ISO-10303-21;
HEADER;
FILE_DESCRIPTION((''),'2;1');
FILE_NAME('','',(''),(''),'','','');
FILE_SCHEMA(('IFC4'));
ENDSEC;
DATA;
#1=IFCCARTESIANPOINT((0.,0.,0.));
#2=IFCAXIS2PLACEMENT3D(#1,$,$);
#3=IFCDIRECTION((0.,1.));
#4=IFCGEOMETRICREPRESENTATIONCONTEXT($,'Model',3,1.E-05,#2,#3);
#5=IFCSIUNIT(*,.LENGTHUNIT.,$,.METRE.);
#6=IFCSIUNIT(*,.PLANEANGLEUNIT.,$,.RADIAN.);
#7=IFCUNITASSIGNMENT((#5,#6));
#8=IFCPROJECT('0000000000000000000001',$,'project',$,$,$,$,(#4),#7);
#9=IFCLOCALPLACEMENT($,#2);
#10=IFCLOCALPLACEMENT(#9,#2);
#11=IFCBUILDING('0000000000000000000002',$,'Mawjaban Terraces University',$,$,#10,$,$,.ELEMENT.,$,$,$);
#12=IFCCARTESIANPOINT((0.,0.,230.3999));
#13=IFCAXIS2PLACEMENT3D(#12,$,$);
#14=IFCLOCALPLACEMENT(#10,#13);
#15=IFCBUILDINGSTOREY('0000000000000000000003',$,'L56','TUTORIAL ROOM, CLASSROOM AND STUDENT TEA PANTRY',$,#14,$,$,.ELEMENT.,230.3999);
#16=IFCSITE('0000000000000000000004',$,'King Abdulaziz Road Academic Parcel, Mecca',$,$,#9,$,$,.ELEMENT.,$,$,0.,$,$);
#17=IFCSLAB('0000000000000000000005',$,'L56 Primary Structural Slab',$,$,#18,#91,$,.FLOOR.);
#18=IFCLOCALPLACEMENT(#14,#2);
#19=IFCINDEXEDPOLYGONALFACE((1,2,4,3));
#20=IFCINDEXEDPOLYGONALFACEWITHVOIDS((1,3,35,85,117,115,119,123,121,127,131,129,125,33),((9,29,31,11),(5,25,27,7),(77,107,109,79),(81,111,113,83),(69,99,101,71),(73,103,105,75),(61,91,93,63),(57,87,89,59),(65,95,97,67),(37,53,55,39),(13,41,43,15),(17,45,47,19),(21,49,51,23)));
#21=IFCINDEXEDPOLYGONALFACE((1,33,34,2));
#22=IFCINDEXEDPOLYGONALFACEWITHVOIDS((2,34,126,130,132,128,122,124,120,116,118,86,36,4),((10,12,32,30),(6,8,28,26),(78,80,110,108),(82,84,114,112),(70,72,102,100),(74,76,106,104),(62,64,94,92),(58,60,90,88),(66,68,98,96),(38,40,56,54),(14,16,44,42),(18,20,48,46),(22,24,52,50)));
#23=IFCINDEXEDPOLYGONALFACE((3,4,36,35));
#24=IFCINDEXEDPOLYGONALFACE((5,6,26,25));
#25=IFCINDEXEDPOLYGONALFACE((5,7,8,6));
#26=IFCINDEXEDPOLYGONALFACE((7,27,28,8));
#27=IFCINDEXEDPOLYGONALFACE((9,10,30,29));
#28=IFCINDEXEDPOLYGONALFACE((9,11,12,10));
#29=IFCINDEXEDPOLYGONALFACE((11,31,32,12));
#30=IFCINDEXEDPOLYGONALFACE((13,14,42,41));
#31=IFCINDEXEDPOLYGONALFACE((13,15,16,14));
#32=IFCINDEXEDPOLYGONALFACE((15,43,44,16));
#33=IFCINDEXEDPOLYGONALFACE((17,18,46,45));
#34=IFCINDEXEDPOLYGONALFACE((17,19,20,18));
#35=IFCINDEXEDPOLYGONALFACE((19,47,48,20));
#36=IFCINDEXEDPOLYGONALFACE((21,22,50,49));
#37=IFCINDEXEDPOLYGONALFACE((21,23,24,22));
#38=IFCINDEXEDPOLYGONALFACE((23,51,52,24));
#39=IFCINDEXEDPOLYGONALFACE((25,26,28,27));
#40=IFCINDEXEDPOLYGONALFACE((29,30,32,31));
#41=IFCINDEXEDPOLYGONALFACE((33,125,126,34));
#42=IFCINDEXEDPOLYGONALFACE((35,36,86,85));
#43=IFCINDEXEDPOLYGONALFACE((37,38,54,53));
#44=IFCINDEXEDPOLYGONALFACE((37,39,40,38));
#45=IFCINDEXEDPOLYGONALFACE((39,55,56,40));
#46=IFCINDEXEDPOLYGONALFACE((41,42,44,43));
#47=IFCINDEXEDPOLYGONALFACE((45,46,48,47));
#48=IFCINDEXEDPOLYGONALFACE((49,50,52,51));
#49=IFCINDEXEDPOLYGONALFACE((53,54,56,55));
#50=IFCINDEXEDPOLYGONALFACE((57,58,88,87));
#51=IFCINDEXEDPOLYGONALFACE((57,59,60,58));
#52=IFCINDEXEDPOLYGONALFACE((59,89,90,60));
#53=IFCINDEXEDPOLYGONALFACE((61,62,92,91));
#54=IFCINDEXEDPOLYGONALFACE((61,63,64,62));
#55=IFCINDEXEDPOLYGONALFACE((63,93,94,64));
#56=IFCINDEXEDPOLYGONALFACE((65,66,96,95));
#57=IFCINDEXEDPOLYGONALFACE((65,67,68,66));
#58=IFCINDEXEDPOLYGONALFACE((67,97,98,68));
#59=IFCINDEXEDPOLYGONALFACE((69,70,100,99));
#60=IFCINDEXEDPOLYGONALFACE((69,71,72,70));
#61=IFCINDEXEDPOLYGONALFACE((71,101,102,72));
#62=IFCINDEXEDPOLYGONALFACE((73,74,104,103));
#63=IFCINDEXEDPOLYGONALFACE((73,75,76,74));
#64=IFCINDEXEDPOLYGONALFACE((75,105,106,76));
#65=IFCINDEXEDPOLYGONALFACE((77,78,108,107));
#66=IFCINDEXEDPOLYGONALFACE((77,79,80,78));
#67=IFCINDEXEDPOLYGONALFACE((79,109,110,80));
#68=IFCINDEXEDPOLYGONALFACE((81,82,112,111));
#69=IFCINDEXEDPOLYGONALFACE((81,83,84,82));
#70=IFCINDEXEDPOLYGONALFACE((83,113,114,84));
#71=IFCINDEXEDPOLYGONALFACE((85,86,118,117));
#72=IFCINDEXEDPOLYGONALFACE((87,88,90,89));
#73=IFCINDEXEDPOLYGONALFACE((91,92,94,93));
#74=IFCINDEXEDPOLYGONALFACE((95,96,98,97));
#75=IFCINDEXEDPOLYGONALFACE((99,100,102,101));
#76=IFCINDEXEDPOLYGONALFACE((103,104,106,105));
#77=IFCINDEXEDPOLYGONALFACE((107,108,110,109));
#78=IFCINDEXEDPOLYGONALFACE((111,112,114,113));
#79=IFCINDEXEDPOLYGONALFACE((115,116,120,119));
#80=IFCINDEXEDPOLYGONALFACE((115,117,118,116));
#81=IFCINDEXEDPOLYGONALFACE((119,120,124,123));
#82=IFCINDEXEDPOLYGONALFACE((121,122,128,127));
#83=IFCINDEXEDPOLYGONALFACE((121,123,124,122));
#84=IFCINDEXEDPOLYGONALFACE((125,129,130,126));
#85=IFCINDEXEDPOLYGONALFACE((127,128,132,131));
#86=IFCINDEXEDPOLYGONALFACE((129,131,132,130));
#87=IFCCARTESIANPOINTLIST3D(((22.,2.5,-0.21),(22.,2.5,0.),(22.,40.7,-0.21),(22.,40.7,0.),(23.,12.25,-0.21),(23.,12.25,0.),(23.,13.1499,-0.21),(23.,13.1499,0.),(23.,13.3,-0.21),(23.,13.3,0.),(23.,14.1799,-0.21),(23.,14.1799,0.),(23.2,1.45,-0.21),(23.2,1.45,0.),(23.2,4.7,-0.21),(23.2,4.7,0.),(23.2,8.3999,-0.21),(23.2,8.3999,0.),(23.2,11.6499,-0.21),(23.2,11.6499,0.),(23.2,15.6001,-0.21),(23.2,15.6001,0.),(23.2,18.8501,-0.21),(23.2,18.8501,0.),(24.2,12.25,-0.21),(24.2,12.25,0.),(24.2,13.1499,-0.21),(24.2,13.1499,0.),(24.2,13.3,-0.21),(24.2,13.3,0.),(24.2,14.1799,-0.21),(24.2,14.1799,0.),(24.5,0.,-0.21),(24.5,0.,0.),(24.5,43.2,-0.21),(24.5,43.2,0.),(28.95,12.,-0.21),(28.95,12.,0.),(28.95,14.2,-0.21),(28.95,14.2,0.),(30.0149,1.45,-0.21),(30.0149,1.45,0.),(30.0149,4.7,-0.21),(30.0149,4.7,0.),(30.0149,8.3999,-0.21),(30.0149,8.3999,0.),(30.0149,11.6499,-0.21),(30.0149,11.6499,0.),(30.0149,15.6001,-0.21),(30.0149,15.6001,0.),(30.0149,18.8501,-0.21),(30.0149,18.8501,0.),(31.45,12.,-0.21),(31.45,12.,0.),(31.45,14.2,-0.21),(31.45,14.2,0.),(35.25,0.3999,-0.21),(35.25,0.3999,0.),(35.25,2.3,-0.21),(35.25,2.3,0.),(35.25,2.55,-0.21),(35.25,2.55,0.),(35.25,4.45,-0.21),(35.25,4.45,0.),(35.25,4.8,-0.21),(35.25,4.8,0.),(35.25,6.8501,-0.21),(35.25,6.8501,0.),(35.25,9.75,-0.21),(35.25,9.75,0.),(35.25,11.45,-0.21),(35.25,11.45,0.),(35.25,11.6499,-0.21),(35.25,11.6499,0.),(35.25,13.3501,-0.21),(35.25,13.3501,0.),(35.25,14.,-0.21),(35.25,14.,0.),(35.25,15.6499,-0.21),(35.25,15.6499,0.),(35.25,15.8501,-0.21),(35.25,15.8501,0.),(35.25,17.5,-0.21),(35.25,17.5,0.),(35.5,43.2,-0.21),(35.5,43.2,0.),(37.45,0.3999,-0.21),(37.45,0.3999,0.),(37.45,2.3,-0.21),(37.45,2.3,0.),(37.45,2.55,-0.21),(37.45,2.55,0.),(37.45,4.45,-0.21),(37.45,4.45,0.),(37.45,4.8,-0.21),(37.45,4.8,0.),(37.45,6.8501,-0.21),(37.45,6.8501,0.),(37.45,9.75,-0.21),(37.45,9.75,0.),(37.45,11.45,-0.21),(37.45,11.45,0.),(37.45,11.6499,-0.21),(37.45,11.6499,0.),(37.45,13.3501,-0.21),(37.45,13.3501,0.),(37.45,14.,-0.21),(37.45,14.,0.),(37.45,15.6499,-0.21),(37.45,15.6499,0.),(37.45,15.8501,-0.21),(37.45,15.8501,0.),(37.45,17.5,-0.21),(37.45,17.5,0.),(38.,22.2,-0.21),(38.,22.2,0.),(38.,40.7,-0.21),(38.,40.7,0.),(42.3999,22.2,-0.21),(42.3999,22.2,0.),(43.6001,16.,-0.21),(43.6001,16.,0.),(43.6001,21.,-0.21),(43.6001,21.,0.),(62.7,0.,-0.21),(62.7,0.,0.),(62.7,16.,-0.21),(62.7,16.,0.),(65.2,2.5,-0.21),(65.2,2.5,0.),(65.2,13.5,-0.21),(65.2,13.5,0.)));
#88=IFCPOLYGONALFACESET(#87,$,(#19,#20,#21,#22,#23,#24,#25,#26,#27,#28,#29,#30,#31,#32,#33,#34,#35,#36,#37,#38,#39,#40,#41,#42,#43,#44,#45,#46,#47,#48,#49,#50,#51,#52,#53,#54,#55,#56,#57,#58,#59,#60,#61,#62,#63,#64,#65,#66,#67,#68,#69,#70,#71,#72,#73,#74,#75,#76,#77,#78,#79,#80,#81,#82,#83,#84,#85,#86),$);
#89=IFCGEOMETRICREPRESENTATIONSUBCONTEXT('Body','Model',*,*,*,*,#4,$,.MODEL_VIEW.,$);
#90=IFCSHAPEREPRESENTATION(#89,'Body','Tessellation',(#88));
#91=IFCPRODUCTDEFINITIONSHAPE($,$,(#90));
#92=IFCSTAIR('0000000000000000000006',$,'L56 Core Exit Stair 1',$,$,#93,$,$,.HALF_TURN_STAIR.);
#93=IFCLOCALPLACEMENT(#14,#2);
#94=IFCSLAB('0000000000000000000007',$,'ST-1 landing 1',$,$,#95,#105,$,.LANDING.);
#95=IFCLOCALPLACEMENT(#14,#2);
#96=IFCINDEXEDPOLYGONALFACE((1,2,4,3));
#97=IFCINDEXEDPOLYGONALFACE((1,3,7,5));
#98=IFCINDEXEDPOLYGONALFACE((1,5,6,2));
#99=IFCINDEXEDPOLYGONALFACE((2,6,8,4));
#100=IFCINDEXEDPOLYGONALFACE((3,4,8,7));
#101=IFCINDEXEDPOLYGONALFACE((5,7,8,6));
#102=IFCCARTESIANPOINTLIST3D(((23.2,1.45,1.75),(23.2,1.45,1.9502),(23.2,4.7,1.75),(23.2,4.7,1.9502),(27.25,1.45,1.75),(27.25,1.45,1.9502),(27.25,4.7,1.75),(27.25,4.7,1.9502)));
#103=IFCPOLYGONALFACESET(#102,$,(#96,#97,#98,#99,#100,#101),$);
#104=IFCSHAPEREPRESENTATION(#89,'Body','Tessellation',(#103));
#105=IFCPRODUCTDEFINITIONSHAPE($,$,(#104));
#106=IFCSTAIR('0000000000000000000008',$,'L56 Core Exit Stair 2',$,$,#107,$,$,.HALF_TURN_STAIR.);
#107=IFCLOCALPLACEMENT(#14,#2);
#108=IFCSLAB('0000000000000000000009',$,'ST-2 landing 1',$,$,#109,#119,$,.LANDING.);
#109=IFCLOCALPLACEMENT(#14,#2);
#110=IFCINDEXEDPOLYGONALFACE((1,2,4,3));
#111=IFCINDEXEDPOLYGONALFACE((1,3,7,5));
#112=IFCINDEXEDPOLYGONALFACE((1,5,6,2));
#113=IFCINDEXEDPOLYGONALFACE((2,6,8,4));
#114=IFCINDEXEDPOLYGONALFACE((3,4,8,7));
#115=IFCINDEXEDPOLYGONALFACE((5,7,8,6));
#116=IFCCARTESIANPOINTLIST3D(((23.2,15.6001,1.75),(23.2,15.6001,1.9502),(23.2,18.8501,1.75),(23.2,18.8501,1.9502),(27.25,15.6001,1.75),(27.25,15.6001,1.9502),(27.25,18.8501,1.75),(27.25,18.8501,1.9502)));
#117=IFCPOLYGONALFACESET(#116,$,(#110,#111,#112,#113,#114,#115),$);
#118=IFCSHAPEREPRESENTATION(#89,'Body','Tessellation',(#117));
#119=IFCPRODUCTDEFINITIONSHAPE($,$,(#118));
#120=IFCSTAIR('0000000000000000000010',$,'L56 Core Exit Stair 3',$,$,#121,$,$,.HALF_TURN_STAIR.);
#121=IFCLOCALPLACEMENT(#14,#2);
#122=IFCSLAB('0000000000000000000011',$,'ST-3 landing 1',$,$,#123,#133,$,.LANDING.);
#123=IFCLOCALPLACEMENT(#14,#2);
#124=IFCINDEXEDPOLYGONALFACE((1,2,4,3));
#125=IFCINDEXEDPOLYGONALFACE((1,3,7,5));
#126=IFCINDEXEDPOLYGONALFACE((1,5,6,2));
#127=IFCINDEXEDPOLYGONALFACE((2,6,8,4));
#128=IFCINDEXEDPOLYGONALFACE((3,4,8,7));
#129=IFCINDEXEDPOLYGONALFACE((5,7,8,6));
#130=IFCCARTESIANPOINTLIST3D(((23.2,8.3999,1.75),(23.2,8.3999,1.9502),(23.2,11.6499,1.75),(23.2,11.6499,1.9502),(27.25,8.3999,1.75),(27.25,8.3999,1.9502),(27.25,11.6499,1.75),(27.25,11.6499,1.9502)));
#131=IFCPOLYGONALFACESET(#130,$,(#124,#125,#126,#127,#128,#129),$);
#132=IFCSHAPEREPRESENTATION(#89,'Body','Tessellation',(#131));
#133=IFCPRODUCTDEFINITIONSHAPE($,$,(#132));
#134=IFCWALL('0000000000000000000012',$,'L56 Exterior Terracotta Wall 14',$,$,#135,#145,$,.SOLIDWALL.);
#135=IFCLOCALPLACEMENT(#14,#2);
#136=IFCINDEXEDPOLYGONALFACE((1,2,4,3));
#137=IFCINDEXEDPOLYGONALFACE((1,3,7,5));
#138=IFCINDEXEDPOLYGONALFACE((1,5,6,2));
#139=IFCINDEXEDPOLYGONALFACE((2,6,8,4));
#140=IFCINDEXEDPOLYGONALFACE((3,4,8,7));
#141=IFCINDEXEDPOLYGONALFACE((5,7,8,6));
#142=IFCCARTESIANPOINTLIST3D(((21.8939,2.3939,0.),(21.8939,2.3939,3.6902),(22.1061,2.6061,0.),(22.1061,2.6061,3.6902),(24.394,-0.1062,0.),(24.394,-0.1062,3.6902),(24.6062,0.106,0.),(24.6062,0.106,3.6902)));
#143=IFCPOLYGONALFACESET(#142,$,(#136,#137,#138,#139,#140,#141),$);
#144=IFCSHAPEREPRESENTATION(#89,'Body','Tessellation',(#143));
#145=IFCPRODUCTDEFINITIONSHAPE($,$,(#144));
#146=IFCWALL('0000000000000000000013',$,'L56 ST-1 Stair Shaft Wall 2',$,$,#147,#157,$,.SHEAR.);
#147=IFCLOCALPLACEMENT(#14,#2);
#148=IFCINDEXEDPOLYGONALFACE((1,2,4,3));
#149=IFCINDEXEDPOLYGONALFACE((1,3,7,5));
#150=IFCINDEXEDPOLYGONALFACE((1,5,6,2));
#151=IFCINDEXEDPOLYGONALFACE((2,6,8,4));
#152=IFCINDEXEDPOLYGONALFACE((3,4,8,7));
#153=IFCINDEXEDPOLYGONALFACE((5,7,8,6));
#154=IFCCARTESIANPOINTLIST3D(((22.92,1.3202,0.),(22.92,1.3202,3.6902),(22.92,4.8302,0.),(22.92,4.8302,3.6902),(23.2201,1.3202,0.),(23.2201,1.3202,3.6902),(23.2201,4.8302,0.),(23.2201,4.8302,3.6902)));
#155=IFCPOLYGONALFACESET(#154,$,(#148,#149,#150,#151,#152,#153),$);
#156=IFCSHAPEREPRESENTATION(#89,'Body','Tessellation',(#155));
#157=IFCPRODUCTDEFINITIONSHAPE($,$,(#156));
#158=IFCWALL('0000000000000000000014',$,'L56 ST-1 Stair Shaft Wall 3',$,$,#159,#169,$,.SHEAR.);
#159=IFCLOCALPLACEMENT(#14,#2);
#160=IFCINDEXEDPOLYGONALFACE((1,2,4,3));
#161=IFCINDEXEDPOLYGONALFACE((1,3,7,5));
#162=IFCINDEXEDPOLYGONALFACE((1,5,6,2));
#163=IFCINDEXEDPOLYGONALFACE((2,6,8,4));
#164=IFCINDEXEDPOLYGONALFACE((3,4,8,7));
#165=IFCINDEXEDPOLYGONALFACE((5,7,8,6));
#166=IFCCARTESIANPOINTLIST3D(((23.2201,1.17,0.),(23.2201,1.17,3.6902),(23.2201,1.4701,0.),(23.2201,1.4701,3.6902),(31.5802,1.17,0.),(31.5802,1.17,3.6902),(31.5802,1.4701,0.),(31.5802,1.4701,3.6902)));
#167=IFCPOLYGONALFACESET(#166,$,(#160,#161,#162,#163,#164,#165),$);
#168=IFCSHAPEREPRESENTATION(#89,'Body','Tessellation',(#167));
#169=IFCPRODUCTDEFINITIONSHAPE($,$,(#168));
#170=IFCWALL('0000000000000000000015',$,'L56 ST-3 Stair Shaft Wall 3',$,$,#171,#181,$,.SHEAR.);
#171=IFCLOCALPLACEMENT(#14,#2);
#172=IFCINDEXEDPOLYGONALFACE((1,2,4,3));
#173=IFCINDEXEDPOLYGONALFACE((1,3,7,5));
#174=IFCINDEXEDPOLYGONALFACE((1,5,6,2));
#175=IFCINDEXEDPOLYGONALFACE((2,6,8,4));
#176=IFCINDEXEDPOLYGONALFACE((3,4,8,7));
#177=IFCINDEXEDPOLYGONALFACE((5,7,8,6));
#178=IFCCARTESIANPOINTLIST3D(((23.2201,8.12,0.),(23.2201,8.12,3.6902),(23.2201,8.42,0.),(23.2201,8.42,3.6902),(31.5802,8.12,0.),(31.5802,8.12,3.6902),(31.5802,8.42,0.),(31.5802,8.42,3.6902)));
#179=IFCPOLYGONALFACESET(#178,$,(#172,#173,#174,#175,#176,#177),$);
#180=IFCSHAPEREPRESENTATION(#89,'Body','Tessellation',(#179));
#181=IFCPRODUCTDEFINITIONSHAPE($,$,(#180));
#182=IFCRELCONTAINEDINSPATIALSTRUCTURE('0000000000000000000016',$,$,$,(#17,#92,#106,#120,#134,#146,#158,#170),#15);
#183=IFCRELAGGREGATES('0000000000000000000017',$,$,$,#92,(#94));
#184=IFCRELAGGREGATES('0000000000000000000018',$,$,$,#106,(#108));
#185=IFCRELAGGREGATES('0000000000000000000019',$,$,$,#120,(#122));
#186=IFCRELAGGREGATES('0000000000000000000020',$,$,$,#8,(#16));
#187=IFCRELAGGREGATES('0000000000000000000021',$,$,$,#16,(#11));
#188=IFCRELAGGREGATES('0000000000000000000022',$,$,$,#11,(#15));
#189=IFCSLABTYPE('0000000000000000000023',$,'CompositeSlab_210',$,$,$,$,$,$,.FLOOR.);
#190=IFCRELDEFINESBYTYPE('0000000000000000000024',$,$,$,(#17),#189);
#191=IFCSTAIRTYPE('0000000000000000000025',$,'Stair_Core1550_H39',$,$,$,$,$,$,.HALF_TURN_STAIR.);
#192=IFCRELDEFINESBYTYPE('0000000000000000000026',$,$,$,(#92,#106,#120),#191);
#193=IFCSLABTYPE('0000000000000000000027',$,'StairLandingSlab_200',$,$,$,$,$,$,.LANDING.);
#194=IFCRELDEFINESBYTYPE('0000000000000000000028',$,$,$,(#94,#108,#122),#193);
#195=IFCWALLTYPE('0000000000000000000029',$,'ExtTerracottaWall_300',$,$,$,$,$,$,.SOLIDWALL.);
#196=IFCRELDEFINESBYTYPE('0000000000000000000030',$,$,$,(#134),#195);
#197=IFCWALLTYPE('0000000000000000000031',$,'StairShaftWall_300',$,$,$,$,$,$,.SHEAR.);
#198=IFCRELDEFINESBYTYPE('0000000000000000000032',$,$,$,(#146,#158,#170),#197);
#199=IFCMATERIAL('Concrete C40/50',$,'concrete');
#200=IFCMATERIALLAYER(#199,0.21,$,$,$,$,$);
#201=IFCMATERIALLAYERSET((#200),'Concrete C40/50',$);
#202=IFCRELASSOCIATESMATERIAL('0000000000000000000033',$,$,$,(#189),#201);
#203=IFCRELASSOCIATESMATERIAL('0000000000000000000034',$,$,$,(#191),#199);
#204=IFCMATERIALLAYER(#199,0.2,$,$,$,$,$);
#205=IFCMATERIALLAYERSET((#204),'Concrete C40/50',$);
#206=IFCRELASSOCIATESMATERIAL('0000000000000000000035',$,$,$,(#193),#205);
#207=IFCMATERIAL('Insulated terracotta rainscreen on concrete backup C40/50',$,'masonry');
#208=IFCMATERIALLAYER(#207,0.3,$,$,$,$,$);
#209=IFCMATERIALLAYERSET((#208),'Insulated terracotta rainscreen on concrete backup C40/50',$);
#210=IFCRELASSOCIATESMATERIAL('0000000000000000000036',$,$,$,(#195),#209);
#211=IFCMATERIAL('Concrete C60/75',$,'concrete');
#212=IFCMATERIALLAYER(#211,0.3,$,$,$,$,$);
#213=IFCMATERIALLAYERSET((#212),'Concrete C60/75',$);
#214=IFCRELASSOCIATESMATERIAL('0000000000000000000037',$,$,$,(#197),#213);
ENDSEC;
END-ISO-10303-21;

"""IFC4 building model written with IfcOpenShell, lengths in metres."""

from ifc_helpers import new_model, si_unit, direction, frame, frame_2d, origin, place, context, subcontext, project, spatial, polyline, rectangle, outline, extrude, material, layer, layer_set, type_object, element, aggregate, save


model = new_model("IFC4")

# Units and contexts
model_context = context("Model", 3, precision=1e-05, world=origin(), true_north=direction((0.0, 1.0)))
body_context = subcontext(model_context, "Body", "Model", "MODEL_VIEW")
ifc_project = project(units=[si_unit("LENGTHUNIT", "METRE"), si_unit("PLANEANGLEUNIT", "RADIAN")], contexts=[model_context])

# Site, building, storey
site_placement = place(None, origin())
site = spatial("IfcSite", under=ifc_project, at=site_placement, Name="King Abdulaziz Road Academic Parcel, Mecca", CompositionType="ELEMENT", RefElevation=0.0)
building_placement = place(site_placement, origin())
building = spatial("IfcBuilding", under=site, at=building_placement, Name="Mawjaban Terraces University", CompositionType="ELEMENT")
storey_placement = place(building_placement, frame((0.0, 0.0, 230.3999)))
storey = spatial("IfcBuildingStorey", under=building, at=storey_placement, Name="L56", Description="TUTORIAL ROOM, CLASSROOM AND STUDENT TEA PANTRY", CompositionType="ELEMENT", Elevation=230.3999)

# Shared definitions
ifc_material_1 = material(Name="Concrete C60/75", Category="concrete")

# Slab
ifc_material_2 = material(Name="Concrete C40/50", Category="concrete")
ifc_layer_1 = layer(ifc_material_2, 0.21)
ifc_layer_set_1 = layer_set([ifc_layer_1], Name="Concrete C40/50")
slab_type_1 = type_object("IfcSlabType", Name="CompositeSlab_210", PredefinedType="FLOOR", material=ifc_layer_set_1)
slab_1_placement = place(storey_placement, frame((0.0, 0.0, -0.21)))
element("IfcSlab", 1, at=slab_1_placement, inside=storey, type_object=slab_type_1, Name="L56 Primary Structural Slab", PredefinedType="FLOOR", context=body_context, shape_type="SweptSolid", body=[
    extrude(outline(polyline([(24.5, 0.0), (62.7, 0.0), (65.2, 2.5), (65.2, 13.5), (62.7, 16.0), (43.6001, 16.0), (43.6001, 21.0), (42.3999, 22.2), (38.0, 22.2), (38.0, 40.7), (35.5, 43.2), (24.5, 43.2), (22.0, 40.7), (22.0, 2.5), (24.5, 0.0)]), holes=[polyline([(30.0149, 4.7), (23.2, 4.7), (23.2, 1.45), (30.0149, 1.45), (30.0149, 4.7)]), polyline([(30.0149, 18.8501), (23.2, 18.8501), (23.2, 15.6001), (30.0149, 15.6001), (30.0149, 18.8501)]), polyline([(30.0149, 11.6499), (23.2, 11.6499), (23.2, 8.3999), (30.0149, 8.3999), (30.0149, 11.6499)]), polyline([(35.25, 0.3999), (37.45, 0.3999), (37.45, 2.3), (35.25, 2.3), (35.25, 0.3999)]), polyline([(35.25, 2.55), (37.45, 2.55), (37.45, 4.45), (35.25, 4.45), (35.25, 2.55)]), polyline([(35.25, 4.8), (37.45, 4.8), (37.45, 6.8501), (35.25, 6.8501), (35.25, 4.8)]), polyline([(35.25, 9.75), (37.45, 9.75), (37.45, 11.45), (35.25, 11.45), (35.25, 9.75)]), polyline([(35.25, 11.6499), (37.45, 11.6499), (37.45, 13.3501), (35.25, 13.3501), (35.25, 11.6499)]), polyline([(28.95, 12.0), (31.45, 12.0), (31.45, 14.2), (28.95, 14.2), (28.95, 12.0)]), polyline([(35.25, 14.0), (37.45, 14.0), (37.45, 15.6499), (35.25, 15.6499), (35.25, 14.0)]), polyline([(35.25, 15.8501), (37.45, 15.8501), (37.45, 17.5), (35.25, 17.5), (35.25, 15.8501)]), polyline([(23.0, 12.25), (24.2, 12.25), (24.2, 13.1499), (23.0, 13.1499), (23.0, 12.25)]), polyline([(23.0, 13.3), (24.2, 13.3), (24.2, 14.1799), (23.0, 14.1799), (23.0, 13.3)])]), origin(), (0.0, 0.0, 1.0), 0.21),
])

# Stairs, slabs
stair_type = type_object("IfcStairType", Name="Stair_Core1550_H39", PredefinedType="HALF_TURN_STAIR", material=ifc_material_2)
stair_1_placement = place(storey_placement, origin())
stair_1 = element("IfcStair", 2, at=stair_1_placement, inside=storey, type_object=stair_type, Name="L56 Core Exit Stair 1", PredefinedType="HALF_TURN_STAIR")
ifc_layer_2 = layer(ifc_material_2, 0.2)
ifc_layer_set_2 = layer_set([ifc_layer_2], Name="Concrete C40/50")
slab_type_2 = type_object("IfcSlabType", Name="StairLandingSlab_200", PredefinedType="LANDING", material=ifc_layer_set_2)
slab_2_placement = place(storey_placement, frame((0.0, 0.0, 1.75)))
slab_2 = element("IfcSlab", 3, at=slab_2_placement, type_object=slab_type_2, Name="ST-1 landing 1", PredefinedType="LANDING", context=body_context, shape_type="SweptSolid", body=[
    extrude(outline(polyline([(27.25, 4.7), (23.2, 4.7), (23.2, 1.45), (27.25, 1.45), (27.25, 4.7)])), origin(), (0.0, 0.0, 1.0), 0.2002),
])
aggregate(stair_1, [slab_2])
stair_2_placement = place(storey_placement, origin())
stair_2 = element("IfcStair", 4, at=stair_2_placement, inside=storey, type_object=stair_type, Name="L56 Core Exit Stair 2", PredefinedType="HALF_TURN_STAIR")
slab_3_placement = place(storey_placement, frame((0.0, 0.0, 1.75)))
slab_3 = element("IfcSlab", 5, at=slab_3_placement, type_object=slab_type_2, Name="ST-2 landing 1", PredefinedType="LANDING", context=body_context, shape_type="SweptSolid", body=[
    extrude(outline(polyline([(27.25, 18.8501), (23.2, 18.8501), (23.2, 15.6001), (27.25, 15.6001), (27.25, 18.8501)])), origin(), (0.0, 0.0, 1.0), 0.2002),
])
aggregate(stair_2, [slab_3])
stair_3_placement = place(storey_placement, origin())
stair_3 = element("IfcStair", 6, at=stair_3_placement, inside=storey, type_object=stair_type, Name="L56 Core Exit Stair 3", PredefinedType="HALF_TURN_STAIR")
slab_4_placement = place(storey_placement, frame((0.0, 0.0, 1.75)))
slab_4 = element("IfcSlab", 7, at=slab_4_placement, type_object=slab_type_2, Name="ST-3 landing 1", PredefinedType="LANDING", context=body_context, shape_type="SweptSolid", body=[
    extrude(outline(polyline([(27.25, 11.6499), (23.2, 11.6499), (23.2, 8.3999), (27.25, 8.3999), (27.25, 11.6499)])), origin(), (0.0, 0.0, 1.0), 0.2002),
])
aggregate(stair_3, [slab_4])

# Walls
ifc_material_3 = material(Name="Insulated terracotta rainscreen on concrete backup C40/50", Category="masonry")
ifc_layer_3 = layer(ifc_material_3, 0.3)
ifc_layer_set_3 = layer_set([ifc_layer_3], Name="Insulated terracotta rainscreen on concrete backup C40/50")
wall_type_1 = type_object("IfcWallType", Name="ExtTerracottaWall_300", PredefinedType="SOLIDWALL", material=ifc_layer_set_3)
wall_1_placement = place(storey_placement, frame((22.0, 2.5, 0.0), z_axis=(0.0, 0.0, 1.0), x_axis=(0.707107, -0.707107, 0.0)))
element("IfcWall", 8, at=wall_1_placement, inside=storey, type_object=wall_type_1, Name="L56 Exterior Terracotta Wall 14", PredefinedType="SOLIDWALL", context=body_context, shape_type="SweptSolid", body=[
    extrude(rectangle(XDim=3.5356, YDim=0.3, at=frame_2d((1.7678, 0.0))), origin(), (0.0, 0.0, 1.0), 3.6902),
])
ifc_layer_4 = layer(ifc_material_1, 0.3)
ifc_layer_set_4 = layer_set([ifc_layer_4], Name="Concrete C60/75")
wall_type_2 = type_object("IfcWallType", Name="StairShaftWall_300", PredefinedType="SHEAR", material=ifc_layer_set_4)
wall_2_placement = place(storey_placement, frame((23.0701, 4.8301, 0.0), z_axis=(0.0, 0.0, 1.0), x_axis=(0.0, -1.0, 0.0)))
element("IfcWall", 9, at=wall_2_placement, inside=storey, type_object=wall_type_2, Name="L56 ST-1 Stair Shaft Wall 2", PredefinedType="SHEAR", context=body_context, shape_type="SweptSolid", body=[
    extrude(rectangle(XDim=3.51, YDim=0.3, at=frame_2d((1.7549, 0.0))), origin(), (0.0, 0.0, 1.0), 3.6902),
])
for number, where, z_axis, x_axis, name in (
    (10, (23.22, 1.3201, 0.0), (0.0, 0.0, 1.0), (1.0, 0.0, 0.0), "L56 ST-1 Stair Shaft Wall 3"),
    (11, (23.22, 8.27, 0.0), (0.0, 0.0, 1.0), (1.0, 0.0, 0.0), "L56 ST-3 Stair Shaft Wall 3"),
):
    element("IfcWall", number, at=place(storey_placement, frame(where, z_axis=z_axis, x_axis=x_axis)), inside=storey, type_object=wall_type_2, Name=name, PredefinedType="SHEAR", context=body_context, shape_type="SweptSolid", body=[
        extrude(rectangle(XDim=8.3601, YDim=0.3, at=frame_2d((4.1802, 0.0))), origin(), (0.0, 0.0, 1.0), 3.6902),
    ])

save(model, "model.ifc")
